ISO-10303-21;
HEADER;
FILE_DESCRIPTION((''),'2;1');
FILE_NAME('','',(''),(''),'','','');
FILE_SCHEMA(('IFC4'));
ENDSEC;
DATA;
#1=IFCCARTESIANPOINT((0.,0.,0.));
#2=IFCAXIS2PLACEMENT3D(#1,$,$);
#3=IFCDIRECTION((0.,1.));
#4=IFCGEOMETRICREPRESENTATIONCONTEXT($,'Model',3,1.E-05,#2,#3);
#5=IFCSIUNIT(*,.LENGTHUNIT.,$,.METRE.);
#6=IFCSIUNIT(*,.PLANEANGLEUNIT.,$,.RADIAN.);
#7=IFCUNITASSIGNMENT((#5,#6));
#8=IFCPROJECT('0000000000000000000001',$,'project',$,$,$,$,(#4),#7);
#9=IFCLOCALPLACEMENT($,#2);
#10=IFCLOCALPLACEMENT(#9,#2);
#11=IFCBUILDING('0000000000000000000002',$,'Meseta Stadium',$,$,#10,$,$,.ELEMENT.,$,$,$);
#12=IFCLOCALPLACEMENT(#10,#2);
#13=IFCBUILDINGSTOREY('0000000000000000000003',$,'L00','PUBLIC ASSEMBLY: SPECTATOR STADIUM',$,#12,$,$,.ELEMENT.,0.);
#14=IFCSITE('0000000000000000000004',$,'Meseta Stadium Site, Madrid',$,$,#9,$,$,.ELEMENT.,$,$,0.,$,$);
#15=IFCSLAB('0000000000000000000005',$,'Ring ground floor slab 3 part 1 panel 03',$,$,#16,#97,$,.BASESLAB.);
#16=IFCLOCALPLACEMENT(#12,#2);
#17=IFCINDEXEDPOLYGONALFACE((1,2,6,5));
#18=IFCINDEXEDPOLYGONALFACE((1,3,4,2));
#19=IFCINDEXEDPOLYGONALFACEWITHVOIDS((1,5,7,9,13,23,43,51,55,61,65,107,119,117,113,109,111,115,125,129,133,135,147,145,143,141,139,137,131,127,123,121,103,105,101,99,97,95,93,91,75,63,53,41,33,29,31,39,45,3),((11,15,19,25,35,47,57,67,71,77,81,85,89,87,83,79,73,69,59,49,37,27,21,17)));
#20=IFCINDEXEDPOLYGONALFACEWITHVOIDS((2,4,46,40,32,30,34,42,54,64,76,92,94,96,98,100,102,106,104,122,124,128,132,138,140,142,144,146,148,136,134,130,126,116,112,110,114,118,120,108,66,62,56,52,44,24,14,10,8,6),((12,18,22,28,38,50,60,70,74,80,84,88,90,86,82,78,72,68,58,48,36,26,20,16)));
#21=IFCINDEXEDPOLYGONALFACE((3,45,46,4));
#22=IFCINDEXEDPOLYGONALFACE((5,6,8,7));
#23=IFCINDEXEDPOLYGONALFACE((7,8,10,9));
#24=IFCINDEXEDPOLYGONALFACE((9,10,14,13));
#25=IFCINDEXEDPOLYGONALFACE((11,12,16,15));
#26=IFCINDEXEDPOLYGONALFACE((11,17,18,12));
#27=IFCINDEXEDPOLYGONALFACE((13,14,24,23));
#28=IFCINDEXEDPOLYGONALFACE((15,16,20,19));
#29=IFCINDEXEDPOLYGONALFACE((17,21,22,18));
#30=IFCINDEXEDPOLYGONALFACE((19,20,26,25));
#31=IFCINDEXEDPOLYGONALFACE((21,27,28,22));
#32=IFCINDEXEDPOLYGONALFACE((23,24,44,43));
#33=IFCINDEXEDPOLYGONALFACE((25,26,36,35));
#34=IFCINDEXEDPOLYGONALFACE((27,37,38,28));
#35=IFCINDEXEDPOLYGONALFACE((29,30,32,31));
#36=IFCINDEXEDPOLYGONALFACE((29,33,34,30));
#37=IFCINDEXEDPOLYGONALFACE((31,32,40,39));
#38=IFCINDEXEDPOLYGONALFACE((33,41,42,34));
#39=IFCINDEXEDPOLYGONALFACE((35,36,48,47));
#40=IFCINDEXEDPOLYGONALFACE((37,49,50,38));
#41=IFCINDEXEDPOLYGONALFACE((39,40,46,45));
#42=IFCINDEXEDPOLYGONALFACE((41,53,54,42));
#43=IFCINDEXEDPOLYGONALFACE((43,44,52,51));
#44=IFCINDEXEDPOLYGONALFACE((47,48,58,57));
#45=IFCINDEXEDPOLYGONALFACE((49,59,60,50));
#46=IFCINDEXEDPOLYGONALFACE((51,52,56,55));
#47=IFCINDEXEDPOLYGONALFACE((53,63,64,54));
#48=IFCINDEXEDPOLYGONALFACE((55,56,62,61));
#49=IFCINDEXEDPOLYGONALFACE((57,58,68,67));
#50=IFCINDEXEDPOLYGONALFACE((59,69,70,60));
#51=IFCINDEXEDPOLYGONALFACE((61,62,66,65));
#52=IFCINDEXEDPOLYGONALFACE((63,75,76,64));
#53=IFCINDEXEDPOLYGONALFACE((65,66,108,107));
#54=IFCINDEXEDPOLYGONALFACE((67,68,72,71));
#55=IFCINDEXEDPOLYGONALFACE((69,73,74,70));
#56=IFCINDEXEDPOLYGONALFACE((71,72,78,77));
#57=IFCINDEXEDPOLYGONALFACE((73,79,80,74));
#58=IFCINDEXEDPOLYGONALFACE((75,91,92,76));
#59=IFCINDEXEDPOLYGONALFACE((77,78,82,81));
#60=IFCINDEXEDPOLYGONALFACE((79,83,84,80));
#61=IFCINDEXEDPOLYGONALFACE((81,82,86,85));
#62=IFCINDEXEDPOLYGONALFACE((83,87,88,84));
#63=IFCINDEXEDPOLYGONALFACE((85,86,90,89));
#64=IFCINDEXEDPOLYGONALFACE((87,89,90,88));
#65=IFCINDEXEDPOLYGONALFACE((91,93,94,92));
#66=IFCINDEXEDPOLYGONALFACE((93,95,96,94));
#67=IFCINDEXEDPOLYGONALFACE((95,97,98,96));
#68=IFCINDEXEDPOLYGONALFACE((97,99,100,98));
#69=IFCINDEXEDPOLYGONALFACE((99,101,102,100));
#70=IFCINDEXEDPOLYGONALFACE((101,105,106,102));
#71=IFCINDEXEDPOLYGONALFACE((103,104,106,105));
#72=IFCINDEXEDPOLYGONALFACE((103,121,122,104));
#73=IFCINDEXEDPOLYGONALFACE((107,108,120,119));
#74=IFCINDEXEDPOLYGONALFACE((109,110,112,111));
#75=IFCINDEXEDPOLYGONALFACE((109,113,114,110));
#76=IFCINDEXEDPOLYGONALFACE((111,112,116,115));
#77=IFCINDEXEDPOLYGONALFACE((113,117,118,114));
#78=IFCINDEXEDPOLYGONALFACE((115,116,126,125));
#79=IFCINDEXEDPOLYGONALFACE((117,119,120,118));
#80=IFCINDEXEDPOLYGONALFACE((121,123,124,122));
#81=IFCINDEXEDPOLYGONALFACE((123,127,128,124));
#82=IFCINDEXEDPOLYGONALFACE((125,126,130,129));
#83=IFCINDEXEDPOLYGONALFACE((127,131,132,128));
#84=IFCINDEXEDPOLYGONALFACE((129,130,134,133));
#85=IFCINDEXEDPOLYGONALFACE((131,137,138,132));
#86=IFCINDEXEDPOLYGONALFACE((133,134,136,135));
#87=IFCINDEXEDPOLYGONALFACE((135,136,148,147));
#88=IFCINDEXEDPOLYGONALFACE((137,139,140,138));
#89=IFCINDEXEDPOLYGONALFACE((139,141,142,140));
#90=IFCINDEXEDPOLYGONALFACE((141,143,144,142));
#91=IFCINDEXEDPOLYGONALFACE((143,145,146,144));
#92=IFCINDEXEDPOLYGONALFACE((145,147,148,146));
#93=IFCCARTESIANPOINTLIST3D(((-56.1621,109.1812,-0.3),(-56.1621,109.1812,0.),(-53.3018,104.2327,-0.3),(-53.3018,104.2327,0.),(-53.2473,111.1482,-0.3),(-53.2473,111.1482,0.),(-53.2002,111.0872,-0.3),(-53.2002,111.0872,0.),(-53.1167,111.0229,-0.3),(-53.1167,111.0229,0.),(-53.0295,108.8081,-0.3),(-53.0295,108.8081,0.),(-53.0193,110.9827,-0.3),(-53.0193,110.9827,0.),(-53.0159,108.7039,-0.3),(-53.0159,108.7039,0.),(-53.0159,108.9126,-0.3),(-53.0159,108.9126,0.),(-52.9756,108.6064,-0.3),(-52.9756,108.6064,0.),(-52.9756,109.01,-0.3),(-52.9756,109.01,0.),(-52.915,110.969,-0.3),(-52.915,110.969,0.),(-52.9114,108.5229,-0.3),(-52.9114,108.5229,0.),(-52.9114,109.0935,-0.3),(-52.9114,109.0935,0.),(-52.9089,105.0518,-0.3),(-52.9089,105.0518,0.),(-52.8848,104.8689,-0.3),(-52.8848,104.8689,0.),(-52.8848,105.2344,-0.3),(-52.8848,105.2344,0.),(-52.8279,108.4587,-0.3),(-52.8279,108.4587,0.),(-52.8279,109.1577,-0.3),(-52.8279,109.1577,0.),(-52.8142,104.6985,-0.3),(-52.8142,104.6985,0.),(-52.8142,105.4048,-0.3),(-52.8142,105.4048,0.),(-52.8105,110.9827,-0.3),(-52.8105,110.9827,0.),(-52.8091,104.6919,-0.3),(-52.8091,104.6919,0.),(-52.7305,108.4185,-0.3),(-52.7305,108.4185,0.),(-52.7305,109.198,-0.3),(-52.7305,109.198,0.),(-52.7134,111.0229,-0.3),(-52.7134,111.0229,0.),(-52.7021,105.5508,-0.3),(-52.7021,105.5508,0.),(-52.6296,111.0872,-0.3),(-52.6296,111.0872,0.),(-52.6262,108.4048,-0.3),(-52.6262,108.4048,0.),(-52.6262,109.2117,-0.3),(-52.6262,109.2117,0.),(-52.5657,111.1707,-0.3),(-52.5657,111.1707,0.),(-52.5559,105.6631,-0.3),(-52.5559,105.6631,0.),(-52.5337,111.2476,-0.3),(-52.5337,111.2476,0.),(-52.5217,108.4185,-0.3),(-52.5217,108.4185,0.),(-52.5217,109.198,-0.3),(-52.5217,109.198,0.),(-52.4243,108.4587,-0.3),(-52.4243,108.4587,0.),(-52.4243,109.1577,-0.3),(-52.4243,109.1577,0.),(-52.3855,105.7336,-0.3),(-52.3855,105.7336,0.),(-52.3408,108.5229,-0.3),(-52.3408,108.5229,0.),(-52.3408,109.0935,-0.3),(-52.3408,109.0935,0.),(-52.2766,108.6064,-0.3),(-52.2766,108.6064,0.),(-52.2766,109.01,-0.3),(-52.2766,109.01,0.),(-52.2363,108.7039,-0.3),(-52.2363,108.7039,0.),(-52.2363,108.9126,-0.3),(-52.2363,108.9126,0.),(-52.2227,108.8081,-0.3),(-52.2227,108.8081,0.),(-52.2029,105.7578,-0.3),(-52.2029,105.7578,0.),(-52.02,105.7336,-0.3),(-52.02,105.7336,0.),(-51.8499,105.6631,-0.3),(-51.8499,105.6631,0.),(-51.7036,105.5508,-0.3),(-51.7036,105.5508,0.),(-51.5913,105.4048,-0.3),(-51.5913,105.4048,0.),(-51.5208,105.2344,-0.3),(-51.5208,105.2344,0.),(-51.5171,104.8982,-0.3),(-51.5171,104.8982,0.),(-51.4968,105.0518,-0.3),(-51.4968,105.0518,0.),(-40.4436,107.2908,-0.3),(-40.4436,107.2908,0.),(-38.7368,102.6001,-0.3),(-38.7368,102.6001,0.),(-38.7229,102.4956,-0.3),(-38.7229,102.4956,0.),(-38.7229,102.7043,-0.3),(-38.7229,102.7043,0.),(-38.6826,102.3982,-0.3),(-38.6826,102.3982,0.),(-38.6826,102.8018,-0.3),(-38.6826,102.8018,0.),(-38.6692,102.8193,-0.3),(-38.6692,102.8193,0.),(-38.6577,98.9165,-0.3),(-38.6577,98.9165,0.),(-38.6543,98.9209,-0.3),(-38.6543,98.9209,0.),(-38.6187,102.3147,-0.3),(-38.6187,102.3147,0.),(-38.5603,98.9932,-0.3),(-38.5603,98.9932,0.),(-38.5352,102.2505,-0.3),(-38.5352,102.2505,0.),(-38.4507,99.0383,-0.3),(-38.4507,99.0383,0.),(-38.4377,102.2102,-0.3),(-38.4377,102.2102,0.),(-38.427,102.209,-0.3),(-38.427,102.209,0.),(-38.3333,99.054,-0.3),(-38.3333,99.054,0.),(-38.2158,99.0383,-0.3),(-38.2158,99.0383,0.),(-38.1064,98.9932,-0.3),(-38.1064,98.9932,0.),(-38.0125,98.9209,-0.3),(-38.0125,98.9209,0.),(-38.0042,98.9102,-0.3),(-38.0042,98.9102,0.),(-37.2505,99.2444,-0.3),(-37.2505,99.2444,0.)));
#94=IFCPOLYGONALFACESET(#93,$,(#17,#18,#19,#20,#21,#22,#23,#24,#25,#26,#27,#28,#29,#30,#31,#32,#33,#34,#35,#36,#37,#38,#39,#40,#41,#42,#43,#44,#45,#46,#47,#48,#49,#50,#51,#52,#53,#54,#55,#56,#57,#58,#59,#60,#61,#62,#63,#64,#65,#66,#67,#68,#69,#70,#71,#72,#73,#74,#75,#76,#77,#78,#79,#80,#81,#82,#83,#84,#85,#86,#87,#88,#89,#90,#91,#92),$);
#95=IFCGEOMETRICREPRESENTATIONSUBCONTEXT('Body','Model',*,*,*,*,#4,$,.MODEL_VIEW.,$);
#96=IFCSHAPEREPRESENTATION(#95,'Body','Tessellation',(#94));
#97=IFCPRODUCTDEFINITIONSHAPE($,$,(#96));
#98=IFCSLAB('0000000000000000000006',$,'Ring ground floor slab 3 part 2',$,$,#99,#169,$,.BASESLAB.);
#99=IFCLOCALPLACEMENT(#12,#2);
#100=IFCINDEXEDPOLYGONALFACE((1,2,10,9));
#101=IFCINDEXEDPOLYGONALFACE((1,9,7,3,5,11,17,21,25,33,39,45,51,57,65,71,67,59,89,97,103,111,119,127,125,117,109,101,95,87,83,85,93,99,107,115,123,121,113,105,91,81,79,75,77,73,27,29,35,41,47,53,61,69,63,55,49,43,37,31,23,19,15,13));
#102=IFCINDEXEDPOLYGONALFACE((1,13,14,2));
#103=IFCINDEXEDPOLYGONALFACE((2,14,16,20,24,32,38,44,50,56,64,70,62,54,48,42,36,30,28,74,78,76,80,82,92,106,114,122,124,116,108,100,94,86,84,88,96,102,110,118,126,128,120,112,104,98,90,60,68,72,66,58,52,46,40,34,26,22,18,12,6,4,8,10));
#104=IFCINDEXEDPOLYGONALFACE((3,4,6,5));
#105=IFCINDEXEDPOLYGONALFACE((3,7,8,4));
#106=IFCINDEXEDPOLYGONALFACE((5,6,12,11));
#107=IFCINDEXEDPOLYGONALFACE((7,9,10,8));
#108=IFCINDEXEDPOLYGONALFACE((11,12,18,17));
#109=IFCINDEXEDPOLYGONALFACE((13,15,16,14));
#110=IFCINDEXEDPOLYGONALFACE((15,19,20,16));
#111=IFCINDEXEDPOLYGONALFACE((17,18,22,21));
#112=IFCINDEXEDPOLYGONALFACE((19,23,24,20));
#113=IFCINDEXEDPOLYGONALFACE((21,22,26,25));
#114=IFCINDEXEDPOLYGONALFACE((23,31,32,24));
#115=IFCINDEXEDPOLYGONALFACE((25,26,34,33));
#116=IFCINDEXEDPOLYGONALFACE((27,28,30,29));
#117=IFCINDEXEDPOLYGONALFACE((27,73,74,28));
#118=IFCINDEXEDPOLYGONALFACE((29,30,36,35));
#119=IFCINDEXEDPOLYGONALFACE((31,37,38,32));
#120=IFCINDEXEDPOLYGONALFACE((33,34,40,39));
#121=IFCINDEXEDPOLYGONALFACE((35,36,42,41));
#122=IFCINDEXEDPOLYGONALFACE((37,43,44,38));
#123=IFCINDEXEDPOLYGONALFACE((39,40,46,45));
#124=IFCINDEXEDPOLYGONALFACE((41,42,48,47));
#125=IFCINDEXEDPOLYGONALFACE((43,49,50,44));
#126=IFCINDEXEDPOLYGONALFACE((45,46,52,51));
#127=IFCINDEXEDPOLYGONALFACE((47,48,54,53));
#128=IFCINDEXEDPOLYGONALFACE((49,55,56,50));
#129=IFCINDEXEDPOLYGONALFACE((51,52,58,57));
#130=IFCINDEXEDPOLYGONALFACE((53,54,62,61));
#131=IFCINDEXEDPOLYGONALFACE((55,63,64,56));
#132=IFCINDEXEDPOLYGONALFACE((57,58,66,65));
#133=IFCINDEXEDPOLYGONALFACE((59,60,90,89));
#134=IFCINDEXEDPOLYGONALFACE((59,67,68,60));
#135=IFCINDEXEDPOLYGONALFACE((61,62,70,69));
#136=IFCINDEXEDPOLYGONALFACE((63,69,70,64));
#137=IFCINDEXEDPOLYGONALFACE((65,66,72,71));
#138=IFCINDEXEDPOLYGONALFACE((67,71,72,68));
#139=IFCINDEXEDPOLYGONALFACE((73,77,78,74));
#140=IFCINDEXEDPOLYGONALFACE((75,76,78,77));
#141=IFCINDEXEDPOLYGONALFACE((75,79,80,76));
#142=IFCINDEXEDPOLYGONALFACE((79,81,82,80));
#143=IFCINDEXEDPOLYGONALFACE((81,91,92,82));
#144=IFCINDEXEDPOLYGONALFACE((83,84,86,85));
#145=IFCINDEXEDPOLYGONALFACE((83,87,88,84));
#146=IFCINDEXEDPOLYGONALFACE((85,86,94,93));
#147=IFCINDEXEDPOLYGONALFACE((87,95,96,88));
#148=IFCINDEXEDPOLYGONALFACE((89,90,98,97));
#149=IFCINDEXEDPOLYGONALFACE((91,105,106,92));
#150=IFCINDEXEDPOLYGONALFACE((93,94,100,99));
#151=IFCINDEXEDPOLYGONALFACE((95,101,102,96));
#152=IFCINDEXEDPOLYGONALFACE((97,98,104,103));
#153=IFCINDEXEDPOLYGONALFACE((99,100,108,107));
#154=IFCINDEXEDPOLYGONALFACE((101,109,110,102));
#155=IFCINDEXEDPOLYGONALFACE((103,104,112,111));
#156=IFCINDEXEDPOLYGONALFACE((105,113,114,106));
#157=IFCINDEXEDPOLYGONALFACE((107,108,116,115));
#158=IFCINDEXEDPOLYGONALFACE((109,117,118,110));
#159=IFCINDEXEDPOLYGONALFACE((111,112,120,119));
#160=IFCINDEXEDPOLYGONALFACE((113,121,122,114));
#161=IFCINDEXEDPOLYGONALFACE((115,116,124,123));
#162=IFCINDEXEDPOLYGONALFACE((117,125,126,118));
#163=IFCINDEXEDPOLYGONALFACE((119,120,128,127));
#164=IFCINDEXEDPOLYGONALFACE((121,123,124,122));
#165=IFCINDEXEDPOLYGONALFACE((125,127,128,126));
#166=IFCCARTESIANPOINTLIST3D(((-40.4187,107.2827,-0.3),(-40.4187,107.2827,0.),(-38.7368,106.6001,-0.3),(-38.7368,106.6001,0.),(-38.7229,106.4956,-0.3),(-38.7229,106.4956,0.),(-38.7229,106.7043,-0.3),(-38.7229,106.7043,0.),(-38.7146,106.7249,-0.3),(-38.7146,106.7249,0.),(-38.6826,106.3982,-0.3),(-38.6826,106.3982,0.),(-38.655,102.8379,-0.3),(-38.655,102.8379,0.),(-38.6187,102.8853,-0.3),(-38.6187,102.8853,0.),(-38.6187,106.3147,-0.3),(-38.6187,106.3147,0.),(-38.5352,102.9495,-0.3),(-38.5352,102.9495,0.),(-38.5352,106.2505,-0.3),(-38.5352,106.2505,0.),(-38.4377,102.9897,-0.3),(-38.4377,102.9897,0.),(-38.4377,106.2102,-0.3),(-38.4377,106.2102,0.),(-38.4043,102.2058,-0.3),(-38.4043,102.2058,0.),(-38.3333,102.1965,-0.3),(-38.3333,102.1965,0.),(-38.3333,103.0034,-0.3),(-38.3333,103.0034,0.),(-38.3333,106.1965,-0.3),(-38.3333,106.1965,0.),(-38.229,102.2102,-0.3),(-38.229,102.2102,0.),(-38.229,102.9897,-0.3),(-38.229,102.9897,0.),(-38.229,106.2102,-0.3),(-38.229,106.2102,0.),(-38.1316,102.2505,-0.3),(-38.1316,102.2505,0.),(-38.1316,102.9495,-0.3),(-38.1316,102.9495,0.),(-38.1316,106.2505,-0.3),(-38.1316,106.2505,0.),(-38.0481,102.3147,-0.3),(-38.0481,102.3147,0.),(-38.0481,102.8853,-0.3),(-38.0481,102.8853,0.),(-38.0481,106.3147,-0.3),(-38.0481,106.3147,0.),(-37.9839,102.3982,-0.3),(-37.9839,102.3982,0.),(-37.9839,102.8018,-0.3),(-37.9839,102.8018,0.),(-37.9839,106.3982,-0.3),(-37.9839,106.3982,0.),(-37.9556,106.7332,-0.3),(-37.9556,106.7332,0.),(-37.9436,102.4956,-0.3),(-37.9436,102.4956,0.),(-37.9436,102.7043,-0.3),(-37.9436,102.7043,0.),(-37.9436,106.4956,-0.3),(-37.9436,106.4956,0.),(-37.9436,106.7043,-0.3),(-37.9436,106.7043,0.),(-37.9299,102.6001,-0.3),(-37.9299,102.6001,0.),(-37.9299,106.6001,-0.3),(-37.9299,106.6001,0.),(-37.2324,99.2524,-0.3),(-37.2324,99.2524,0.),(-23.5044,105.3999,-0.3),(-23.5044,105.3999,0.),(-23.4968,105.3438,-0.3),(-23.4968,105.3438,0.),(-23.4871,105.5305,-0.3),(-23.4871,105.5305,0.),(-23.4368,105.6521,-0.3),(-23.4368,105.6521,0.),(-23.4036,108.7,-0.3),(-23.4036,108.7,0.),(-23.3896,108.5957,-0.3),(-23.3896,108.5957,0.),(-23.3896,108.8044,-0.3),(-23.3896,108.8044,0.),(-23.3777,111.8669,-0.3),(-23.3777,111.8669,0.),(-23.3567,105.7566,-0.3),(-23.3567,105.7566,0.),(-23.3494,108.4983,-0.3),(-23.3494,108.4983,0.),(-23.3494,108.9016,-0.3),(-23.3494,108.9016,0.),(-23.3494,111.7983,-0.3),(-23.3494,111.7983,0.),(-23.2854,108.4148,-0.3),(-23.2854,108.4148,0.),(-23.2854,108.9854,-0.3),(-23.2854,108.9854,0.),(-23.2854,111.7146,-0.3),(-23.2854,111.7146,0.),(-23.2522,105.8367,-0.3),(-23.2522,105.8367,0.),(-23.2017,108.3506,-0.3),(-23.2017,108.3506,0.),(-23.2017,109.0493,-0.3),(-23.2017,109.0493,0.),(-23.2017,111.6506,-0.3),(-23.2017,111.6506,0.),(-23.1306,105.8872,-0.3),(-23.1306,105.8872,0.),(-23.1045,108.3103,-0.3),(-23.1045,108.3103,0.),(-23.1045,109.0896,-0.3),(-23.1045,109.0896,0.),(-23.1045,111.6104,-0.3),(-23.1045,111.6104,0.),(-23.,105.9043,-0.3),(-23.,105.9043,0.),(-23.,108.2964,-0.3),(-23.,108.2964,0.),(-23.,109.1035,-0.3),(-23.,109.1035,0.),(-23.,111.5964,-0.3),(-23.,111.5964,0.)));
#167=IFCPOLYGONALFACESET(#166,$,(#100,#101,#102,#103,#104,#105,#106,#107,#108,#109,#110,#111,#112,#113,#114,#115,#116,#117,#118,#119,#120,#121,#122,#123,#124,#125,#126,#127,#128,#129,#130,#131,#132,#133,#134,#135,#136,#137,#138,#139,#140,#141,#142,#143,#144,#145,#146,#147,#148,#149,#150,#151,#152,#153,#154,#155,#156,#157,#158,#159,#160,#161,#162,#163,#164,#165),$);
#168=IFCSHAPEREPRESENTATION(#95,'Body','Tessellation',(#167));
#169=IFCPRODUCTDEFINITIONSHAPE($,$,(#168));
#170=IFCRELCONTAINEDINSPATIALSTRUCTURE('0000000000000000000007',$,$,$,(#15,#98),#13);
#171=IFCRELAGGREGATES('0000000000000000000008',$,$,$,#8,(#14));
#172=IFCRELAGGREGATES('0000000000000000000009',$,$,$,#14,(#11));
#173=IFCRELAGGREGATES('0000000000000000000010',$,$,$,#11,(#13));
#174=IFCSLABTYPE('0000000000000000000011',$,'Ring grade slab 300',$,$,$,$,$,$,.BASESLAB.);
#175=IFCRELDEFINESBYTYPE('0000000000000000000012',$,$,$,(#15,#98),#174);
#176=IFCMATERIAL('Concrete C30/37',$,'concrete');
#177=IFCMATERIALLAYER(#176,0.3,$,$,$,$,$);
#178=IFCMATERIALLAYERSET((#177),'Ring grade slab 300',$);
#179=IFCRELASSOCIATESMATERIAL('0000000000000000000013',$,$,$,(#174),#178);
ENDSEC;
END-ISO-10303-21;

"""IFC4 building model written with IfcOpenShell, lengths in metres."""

from ifc_helpers import new_model, si_unit, direction, frame, origin, place, context, subcontext, project, spatial, polyline, outline, extrude, material, layer, layer_set, type_object, element, save


model = new_model("IFC4")

# Units and contexts
model_context = context("Model", 3, precision=1e-05, world=origin(), true_north=direction((0.0, 1.0)))
body_context = subcontext(model_context, "Body", "Model", "MODEL_VIEW")
ifc_project = project(units=[si_unit("LENGTHUNIT", "METRE"), si_unit("PLANEANGLEUNIT", "RADIAN")], contexts=[model_context])

# Site, building, storey
site_placement = place(None, origin())
site = spatial("IfcSite", under=ifc_project, at=site_placement, Name="Meseta Stadium Site, Madrid", CompositionType="ELEMENT", RefElevation=0.0)
building_placement = place(site_placement, origin())
building = spatial("IfcBuilding", under=site, at=building_placement, Name="Meseta Stadium", CompositionType="ELEMENT")
storey_placement = place(building_placement, origin())
storey = spatial("IfcBuildingStorey", under=building, at=storey_placement, Name="L00", Description="PUBLIC ASSEMBLY: SPECTATOR STADIUM", CompositionType="ELEMENT", Elevation=0.0)

# Slabs
ifc_material_1 = material(Name="Concrete C30/37", Category="concrete")
ifc_layer_1 = layer(ifc_material_1, 0.3)
ifc_layer_set_1 = layer_set([ifc_layer_1], Name="Ring grade slab 300")
slab_type_1 = type_object("IfcSlabType", Name="Ring grade slab 300", PredefinedType="BASESLAB", material=ifc_layer_set_1)
slab_1_placement = place(storey_placement, frame((0.0, 0.0, -0.3)))
element("IfcSlab", 1, at=slab_1_placement, inside=storey, type_object=slab_type_1, Name="Ring ground floor slab 3 part 1 panel 03", PredefinedType="BASESLAB", context=body_context, shape_type="SweptSolid", body=[
    extrude(outline(polyline([(-53.2002, 111.0872), (-53.2473, 111.1482), (-56.1621, 109.1812), (-53.3018, 104.2327), (-52.8091, 104.6919), (-52.8142, 104.6985), (-52.8848, 104.8689), (-52.9089, 105.0518), (-52.8848, 105.2344), (-52.8142, 105.4048), (-52.7021, 105.5508), (-52.5559, 105.6631), (-52.3855, 105.7336), (-52.2029, 105.7578), (-52.02, 105.7336), (-51.8499, 105.6631), (-51.7036, 105.5508), (-51.5913, 105.4048), (-51.5208, 105.2344), (-51.4968, 105.0518), (-51.5171, 104.8982), (-38.6577, 98.9165), (-38.6543, 98.9209), (-38.5603, 98.9932), (-38.4507, 99.0383), (-38.3333, 99.054), (-38.2158, 99.0383), (-38.1064, 98.9932), (-38.0125, 98.9209), (-38.0042, 98.9102), (-37.2505, 99.2444), (-38.427, 102.209), (-38.4377, 102.2102), (-38.5352, 102.2505), (-38.6187, 102.3147), (-38.6826, 102.3982), (-38.7229, 102.4956), (-38.7368, 102.6001), (-38.7229, 102.7043), (-38.6826, 102.8018), (-38.6692, 102.8193), (-40.4436, 107.2908), (-52.5337, 111.2476), (-52.5657, 111.1707), (-52.6296, 111.0872), (-52.7134, 111.0229), (-52.8105, 110.9827), (-52.915, 110.969), (-53.0193, 110.9827), (-53.1167, 111.0229), (-53.2002, 111.0872)]), holes=[polyline([(-52.5217, 108.4185), (-52.6262, 108.4048), (-52.7305, 108.4185), (-52.8279, 108.4587), (-52.9114, 108.5229), (-52.9756, 108.6064), (-53.0159, 108.7039), (-53.0295, 108.8081), (-53.0159, 108.9126), (-52.9756, 109.01), (-52.9114, 109.0935), (-52.8279, 109.1577), (-52.7305, 109.198), (-52.6262, 109.2117), (-52.5217, 109.198), (-52.4243, 109.1577), (-52.3408, 109.0935), (-52.2766, 109.01), (-52.2363, 108.9126), (-52.2227, 108.8081), (-52.2363, 108.7039), (-52.2766, 108.6064), (-52.3408, 108.5229), (-52.4243, 108.4587), (-52.5217, 108.4185)])]), origin(), (0.0, 0.0, 1.0), 0.3),
])
slab_2_placement = place(storey_placement, frame((0.0, 0.0, -0.3)))
element("IfcSlab", 2, at=slab_2_placement, inside=storey, type_object=slab_type_1, Name="Ring ground floor slab 3 part 2", PredefinedType="BASESLAB", context=body_context, shape_type="SweptSolid", body=[
    extrude(outline(polyline([(-38.7146, 106.7249), (-40.4187, 107.2827), (-38.655, 102.8379), (-38.6187, 102.8853), (-38.5352, 102.9495), (-38.4377, 102.9897), (-38.3333, 103.0034), (-38.229, 102.9897), (-38.1316, 102.9495), (-38.0481, 102.8853), (-37.9839, 102.8018), (-37.9436, 102.7043), (-37.9299, 102.6001), (-37.9436, 102.4956), (-37.9839, 102.3982), (-38.0481, 102.3147), (-38.1316, 102.2505), (-38.229, 102.2102), (-38.3333, 102.1965), (-38.4043, 102.2058), (-37.2324, 99.2524), (-23.4968, 105.3438), (-23.5044, 105.3999), (-23.4871, 105.5305), (-23.4368, 105.6521), (-23.3567, 105.7566), (-23.2522, 105.8367), (-23.1306, 105.8872), (-23.0, 105.9043), (-23.0, 108.2964), (-23.1045, 108.3103), (-23.2017, 108.3506), (-23.2854, 108.4148), (-23.3494, 108.4983), (-23.3896, 108.5957), (-23.4036, 108.7), (-23.3896, 108.8044), (-23.3494, 108.9016), (-23.2854, 108.9854), (-23.2017, 109.0493), (-23.1045, 109.0896), (-23.0, 109.1035), (-23.0, 111.5964), (-23.1045, 111.6104), (-23.2017, 111.6506), (-23.2854, 111.7146), (-23.3494, 111.7983), (-23.3777, 111.8669), (-37.9556, 106.7332), (-37.9436, 106.7043), (-37.9299, 106.6001), (-37.9436, 106.4956), (-37.9839, 106.3982), (-38.0481, 106.3147), (-38.1316, 106.2505), (-38.229, 106.2102), (-38.3333, 106.1965), (-38.4377, 106.2102), (-38.5352, 106.2505), (-38.6187, 106.3147), (-38.6826, 106.3982), (-38.7229, 106.4956), (-38.7368, 106.6001), (-38.7229, 106.7043), (-38.7146, 106.7249)])), origin(), (0.0, 0.0, 1.0), 0.3),
])

save(model, "model.ifc")
